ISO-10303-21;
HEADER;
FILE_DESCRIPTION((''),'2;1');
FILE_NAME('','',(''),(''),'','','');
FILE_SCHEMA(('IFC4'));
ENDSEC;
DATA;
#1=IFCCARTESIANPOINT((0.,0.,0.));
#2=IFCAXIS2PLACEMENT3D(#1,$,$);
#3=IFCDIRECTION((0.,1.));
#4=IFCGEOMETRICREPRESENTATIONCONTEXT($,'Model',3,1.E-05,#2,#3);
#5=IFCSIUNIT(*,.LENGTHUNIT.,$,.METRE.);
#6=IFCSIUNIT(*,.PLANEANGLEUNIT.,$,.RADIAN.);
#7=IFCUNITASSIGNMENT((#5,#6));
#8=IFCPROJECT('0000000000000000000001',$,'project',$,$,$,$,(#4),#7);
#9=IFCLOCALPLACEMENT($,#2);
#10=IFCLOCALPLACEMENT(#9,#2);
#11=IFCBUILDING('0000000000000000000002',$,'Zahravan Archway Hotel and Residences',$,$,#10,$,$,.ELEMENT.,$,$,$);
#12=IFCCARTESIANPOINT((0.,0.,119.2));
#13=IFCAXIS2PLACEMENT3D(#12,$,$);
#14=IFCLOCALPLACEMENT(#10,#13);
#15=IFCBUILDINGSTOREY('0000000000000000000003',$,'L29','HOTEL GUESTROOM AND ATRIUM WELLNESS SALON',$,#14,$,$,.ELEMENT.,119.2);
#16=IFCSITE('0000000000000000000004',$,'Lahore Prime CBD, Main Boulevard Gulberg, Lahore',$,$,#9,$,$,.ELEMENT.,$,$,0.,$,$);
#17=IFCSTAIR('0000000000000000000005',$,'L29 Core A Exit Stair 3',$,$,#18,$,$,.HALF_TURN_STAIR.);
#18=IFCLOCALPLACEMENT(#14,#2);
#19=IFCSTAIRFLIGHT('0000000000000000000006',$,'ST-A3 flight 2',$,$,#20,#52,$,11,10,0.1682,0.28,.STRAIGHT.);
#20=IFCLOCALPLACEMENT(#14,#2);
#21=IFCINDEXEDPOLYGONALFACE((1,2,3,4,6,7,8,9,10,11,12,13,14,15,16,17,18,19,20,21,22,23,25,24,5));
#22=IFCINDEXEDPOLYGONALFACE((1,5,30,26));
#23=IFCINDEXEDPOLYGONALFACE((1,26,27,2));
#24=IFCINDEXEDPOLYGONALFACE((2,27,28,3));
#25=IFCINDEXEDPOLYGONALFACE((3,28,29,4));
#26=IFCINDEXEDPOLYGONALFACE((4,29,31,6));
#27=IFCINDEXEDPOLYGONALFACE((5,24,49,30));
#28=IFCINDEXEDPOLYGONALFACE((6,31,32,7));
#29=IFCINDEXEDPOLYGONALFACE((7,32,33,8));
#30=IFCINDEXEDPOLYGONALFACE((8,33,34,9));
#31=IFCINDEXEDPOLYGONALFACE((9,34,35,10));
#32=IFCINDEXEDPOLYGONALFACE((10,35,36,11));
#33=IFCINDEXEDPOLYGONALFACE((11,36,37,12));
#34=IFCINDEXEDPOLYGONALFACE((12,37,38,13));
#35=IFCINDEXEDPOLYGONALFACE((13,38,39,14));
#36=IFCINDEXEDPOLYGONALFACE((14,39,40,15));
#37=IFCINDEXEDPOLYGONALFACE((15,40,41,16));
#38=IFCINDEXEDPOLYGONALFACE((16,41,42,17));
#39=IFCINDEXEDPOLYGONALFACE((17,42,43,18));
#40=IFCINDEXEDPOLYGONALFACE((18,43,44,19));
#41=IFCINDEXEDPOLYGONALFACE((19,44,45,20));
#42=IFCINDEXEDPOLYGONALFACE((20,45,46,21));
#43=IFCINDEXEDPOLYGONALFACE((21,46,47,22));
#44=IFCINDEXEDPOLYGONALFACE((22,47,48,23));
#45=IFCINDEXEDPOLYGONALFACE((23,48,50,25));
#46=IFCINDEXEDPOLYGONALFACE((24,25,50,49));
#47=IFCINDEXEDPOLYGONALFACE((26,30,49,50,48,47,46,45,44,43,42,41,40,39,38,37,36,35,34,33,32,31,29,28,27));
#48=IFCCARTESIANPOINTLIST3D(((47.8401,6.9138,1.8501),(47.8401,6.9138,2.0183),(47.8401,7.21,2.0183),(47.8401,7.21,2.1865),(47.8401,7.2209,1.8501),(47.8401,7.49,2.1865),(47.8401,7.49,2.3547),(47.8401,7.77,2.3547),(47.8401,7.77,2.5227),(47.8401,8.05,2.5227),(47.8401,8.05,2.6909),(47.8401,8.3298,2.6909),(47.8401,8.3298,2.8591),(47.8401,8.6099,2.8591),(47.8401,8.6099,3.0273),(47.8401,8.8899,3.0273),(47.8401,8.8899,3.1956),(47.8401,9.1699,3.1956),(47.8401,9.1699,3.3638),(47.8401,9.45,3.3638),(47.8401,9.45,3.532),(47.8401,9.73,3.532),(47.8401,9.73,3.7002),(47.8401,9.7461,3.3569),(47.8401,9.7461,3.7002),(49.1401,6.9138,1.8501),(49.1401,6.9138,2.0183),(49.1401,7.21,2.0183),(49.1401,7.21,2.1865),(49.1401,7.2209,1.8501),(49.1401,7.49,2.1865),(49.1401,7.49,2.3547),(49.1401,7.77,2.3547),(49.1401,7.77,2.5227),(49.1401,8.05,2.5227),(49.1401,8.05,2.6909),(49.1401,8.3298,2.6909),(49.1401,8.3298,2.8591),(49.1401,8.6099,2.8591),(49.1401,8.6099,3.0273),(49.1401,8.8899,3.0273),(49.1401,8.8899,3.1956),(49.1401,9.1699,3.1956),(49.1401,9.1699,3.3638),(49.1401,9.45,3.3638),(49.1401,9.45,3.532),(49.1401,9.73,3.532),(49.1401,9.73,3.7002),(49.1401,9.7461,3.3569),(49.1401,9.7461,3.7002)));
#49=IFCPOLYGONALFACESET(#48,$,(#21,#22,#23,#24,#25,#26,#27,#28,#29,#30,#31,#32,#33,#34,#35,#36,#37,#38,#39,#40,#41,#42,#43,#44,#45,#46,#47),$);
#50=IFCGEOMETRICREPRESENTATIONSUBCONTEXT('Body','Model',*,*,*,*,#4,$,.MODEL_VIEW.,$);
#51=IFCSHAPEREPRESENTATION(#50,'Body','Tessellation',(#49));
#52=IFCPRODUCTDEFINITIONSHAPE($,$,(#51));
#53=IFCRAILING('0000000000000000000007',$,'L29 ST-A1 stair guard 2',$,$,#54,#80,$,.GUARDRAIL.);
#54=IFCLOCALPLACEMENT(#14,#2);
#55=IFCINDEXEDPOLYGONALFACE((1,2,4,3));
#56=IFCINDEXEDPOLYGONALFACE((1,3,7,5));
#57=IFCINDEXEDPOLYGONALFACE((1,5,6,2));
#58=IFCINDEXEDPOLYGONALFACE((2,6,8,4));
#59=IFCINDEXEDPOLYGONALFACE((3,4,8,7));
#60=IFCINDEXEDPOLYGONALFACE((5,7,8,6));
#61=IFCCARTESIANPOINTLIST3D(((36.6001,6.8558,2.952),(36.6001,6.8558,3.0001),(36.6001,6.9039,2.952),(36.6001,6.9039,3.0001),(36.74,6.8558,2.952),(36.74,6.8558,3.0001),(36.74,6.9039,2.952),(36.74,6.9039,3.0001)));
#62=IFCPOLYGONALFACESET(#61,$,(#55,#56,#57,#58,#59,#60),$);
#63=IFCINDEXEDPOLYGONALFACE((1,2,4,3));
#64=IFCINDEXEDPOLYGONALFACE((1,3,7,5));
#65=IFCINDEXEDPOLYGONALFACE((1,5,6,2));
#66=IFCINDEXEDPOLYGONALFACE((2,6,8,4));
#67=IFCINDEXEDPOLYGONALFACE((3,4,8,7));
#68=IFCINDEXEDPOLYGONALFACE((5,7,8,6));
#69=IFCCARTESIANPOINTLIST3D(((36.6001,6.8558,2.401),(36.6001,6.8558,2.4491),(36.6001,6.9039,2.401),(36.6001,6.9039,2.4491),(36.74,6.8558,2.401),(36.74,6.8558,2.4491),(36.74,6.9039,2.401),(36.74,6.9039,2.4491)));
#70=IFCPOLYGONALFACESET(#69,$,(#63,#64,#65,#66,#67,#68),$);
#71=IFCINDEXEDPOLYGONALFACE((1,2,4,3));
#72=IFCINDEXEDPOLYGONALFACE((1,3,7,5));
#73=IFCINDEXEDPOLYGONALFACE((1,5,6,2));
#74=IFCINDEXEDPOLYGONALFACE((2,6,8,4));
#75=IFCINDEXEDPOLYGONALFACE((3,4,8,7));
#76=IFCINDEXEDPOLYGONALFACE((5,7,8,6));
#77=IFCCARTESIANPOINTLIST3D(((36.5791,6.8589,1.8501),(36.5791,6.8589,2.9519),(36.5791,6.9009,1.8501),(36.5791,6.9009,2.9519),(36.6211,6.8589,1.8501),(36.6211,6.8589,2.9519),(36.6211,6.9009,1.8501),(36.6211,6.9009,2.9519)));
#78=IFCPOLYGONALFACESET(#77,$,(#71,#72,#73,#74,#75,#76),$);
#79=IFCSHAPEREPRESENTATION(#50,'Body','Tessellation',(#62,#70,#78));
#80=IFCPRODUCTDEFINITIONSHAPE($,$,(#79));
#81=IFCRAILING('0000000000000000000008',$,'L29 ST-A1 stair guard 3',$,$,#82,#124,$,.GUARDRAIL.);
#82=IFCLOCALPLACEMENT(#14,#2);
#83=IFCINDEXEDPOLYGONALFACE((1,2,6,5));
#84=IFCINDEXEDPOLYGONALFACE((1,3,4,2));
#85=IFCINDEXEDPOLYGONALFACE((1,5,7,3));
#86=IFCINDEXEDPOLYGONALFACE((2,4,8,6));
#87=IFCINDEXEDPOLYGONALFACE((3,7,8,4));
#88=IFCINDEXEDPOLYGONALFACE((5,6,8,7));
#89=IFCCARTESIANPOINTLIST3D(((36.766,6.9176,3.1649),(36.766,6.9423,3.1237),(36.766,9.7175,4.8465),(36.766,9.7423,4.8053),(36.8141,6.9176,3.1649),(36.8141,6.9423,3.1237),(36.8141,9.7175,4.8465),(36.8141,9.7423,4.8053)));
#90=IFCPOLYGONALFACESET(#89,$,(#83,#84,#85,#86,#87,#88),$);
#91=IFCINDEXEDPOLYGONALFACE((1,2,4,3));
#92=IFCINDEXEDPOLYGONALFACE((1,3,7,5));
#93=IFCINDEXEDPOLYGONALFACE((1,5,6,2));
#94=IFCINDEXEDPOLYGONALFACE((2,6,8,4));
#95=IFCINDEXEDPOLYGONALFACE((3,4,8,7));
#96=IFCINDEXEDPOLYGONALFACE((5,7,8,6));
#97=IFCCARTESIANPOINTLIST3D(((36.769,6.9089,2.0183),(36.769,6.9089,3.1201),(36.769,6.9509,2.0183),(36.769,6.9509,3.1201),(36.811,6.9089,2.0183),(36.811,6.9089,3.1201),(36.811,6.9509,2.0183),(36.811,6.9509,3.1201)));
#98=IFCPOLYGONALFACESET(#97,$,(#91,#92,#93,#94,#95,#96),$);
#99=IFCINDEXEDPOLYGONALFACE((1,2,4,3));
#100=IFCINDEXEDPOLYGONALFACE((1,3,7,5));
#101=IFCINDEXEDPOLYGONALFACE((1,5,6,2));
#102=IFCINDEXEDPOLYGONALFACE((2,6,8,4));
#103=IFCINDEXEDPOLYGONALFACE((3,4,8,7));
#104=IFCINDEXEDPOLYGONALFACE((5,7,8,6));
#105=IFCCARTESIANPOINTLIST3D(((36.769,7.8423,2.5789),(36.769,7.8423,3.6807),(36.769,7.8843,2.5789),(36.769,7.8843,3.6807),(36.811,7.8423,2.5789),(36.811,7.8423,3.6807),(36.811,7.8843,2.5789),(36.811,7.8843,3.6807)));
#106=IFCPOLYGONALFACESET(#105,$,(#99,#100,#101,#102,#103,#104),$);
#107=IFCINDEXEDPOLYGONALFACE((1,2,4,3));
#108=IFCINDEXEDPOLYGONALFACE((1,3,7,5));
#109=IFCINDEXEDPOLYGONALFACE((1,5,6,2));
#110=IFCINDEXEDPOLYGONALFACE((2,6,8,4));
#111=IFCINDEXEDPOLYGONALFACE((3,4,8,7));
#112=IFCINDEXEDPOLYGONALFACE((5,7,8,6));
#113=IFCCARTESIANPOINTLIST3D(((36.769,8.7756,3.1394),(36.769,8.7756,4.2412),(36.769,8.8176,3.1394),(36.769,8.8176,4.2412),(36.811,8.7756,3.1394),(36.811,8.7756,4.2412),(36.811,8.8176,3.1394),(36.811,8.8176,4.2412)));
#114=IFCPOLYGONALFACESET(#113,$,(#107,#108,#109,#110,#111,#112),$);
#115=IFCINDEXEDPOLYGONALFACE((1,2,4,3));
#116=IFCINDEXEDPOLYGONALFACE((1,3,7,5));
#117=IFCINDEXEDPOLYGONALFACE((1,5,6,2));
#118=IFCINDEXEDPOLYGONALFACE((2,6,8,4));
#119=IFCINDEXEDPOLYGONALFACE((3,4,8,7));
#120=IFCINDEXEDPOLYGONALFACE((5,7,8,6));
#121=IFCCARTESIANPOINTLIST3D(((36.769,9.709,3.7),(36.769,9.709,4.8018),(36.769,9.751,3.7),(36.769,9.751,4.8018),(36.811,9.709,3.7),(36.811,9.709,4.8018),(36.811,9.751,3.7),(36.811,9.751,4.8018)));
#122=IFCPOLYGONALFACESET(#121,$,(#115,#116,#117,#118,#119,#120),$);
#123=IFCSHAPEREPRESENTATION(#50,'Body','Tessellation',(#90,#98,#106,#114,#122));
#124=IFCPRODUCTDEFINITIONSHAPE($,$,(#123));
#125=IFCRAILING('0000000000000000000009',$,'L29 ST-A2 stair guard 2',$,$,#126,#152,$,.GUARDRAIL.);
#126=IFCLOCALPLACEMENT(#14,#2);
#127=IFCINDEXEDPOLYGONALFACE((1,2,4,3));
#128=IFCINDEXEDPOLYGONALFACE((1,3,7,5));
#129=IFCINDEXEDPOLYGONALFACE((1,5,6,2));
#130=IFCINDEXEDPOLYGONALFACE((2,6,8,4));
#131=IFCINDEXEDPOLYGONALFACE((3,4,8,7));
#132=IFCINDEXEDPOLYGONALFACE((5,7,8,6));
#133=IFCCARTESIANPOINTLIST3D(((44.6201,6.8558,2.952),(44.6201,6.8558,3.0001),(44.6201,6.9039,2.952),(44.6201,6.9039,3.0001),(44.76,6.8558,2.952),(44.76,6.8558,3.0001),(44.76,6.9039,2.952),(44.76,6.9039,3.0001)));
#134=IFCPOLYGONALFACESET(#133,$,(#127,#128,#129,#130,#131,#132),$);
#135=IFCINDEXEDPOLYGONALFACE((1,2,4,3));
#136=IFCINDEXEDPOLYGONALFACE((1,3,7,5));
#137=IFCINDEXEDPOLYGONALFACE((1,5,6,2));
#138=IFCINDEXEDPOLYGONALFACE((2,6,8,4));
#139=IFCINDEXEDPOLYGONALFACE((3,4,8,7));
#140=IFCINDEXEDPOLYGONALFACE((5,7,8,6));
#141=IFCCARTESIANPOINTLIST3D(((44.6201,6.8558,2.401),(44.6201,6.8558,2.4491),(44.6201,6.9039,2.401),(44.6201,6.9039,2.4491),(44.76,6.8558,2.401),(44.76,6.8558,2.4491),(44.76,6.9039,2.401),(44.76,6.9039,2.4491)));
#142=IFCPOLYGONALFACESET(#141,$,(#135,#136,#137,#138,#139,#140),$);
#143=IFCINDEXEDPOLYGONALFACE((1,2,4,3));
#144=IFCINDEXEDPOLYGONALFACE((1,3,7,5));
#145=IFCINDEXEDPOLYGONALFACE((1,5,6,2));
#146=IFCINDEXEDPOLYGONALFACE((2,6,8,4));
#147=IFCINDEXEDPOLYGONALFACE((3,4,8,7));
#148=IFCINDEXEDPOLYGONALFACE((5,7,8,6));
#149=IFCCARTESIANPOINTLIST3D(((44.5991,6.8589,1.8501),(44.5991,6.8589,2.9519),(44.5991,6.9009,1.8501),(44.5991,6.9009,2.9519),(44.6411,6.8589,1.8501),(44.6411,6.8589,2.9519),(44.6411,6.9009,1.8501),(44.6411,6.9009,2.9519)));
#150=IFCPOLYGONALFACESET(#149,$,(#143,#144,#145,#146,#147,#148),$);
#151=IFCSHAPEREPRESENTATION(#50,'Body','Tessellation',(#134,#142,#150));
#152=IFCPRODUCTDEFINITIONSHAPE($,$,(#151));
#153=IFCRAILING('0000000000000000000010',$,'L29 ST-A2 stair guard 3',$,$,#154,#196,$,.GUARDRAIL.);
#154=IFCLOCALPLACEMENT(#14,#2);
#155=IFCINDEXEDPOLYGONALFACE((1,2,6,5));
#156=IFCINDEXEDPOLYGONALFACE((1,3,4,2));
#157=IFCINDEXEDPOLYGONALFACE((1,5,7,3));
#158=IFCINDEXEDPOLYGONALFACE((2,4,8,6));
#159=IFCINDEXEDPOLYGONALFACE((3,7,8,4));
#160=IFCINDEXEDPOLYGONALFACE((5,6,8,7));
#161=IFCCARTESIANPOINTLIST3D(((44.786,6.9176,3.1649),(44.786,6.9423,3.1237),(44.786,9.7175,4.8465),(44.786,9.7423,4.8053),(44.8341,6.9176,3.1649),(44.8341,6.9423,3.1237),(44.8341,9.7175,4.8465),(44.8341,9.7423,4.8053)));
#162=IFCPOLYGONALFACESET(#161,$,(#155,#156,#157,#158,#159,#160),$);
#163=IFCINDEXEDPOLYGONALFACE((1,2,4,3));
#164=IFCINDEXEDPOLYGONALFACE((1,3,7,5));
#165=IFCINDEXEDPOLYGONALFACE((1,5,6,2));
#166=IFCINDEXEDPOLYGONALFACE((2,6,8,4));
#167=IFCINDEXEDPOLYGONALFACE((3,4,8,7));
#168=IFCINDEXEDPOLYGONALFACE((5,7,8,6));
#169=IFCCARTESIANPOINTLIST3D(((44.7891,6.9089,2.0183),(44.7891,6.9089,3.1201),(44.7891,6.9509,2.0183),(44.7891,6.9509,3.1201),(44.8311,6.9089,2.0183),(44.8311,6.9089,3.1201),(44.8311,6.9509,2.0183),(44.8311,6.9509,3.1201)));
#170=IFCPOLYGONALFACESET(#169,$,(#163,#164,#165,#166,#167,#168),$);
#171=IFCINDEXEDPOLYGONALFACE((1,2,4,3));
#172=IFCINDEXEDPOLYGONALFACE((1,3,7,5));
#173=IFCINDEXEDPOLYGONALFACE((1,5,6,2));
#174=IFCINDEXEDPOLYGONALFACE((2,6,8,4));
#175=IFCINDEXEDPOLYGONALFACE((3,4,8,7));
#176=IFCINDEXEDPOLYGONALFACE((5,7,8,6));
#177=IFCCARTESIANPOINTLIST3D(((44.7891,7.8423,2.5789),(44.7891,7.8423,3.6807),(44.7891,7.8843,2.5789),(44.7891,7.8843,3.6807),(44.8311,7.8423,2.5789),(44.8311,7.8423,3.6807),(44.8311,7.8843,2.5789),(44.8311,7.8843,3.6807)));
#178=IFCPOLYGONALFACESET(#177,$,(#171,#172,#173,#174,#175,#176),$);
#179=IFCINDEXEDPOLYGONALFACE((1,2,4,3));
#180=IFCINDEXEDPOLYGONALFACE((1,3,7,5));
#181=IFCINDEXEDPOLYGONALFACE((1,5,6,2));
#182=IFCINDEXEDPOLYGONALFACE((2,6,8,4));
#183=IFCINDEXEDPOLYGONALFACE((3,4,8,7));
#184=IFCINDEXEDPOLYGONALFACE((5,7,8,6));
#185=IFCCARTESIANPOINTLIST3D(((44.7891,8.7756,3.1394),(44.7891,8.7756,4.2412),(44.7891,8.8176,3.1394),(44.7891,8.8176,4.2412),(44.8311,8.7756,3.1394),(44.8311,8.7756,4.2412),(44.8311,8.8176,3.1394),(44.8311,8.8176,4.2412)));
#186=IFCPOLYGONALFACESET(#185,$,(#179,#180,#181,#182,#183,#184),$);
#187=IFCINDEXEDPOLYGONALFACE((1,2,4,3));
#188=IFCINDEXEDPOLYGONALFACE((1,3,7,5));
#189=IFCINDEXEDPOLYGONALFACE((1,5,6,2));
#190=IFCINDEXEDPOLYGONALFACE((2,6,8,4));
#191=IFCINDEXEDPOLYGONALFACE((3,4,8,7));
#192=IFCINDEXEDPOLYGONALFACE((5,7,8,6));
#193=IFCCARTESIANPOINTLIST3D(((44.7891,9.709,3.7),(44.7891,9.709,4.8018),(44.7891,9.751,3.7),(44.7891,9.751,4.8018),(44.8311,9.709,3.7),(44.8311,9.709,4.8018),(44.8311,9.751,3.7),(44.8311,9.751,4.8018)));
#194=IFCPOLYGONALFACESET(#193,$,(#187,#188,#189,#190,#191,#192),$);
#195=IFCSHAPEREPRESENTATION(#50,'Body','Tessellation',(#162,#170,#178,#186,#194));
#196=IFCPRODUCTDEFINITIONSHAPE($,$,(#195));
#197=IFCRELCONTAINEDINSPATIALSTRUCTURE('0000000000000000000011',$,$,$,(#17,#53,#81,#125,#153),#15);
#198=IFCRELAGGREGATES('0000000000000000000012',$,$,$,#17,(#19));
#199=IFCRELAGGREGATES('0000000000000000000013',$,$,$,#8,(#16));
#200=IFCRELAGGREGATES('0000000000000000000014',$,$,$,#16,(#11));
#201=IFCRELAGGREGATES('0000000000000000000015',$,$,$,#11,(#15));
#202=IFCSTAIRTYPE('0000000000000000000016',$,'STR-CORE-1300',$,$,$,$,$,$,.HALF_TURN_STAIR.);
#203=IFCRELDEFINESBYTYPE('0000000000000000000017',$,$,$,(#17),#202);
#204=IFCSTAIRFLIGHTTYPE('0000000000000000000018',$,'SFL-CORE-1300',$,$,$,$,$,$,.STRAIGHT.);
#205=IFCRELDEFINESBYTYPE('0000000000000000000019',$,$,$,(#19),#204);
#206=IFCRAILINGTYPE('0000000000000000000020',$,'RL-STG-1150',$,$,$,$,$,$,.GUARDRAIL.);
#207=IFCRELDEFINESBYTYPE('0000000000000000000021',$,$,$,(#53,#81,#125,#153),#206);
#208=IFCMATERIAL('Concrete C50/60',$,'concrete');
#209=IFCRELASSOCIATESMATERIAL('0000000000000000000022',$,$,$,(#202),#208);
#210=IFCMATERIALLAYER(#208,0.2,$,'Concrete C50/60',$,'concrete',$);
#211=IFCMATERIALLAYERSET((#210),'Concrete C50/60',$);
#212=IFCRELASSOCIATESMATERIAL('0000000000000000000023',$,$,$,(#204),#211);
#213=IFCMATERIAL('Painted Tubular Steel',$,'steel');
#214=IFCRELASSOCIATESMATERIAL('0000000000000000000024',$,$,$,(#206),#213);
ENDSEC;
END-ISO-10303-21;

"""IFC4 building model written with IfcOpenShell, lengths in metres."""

from ifc_helpers import new_model, si_unit, direction, frame, origin, origin_2d, place, context, subcontext, project, spatial, polyline, rectangle, outline, extrude, source, transform, mapped, material, layer, layer_set, type_object, element, aggregate, save


model = new_model("IFC4")

# Units and contexts
model_context = context("Model", 3, precision=1e-05, world=origin(), true_north=direction((0.0, 1.0)))
body_context = subcontext(model_context, "Body", "Model", "MODEL_VIEW")
ifc_project = project(units=[si_unit("LENGTHUNIT", "METRE"), si_unit("PLANEANGLEUNIT", "RADIAN")], contexts=[model_context])

# Site, building, storey
site_placement = place(None, origin())
site = spatial("IfcSite", under=ifc_project, at=site_placement, Name="Lahore Prime CBD, Main Boulevard Gulberg, Lahore", CompositionType="ELEMENT", RefElevation=0.0)
building_placement = place(site_placement, origin())
building = spatial("IfcBuilding", under=site, at=building_placement, Name="Zahravan Archway Hotel and Residences", CompositionType="ELEMENT")
storey_placement = place(building_placement, frame((0.0, 0.0, 119.2)))
storey = spatial("IfcBuildingStorey", under=building, at=storey_placement, Name="L29", Description="HOTEL GUESTROOM AND ATRIUM WELLNESS SALON", CompositionType="ELEMENT", Elevation=119.2)

# Shared definitions
ifc_material_1 = material(Name="Concrete C50/60", Category="concrete")

# Stair, stair flight
stair_type = type_object("IfcStairType", Name="STR-CORE-1300", PredefinedType="HALF_TURN_STAIR", material=ifc_material_1)
ifc_layer_1 = layer(ifc_material_1, 0.2, Name="Concrete C50/60", Category="concrete")
ifc_layer_set_1 = layer_set([ifc_layer_1], Name="Concrete C50/60")
stair_flight_type = type_object("IfcStairFlightType", Name="SFL-CORE-1300", PredefinedType="STRAIGHT", material=ifc_layer_set_1)
shared_shape_1 = source(origin(), body_context, "Body", "SweptSolid", [
    extrude(outline(polyline([(-0.0161, 0.0), (-0.0161, 0.1682), (0.28, 0.1682), (0.28, 0.3364), (0.5601, 0.3364), (0.5601, 0.5046), (0.8401, 0.5046), (0.8401, 0.6726), (1.1201, 0.6726), (1.1201, 0.8408), (1.3999, 0.8408), (1.3999, 1.009), (1.6799, 1.009), (1.6799, 1.1772), (1.96, 1.1772), (1.96, 1.3455), (2.24, 1.3455), (2.24, 1.5137), (2.52, 1.5137), (2.52, 1.6819), (2.8, 1.6819), (2.8, 1.8501), (2.8162, 1.8501), (2.8162, 1.5068), (0.291, 0.0), (-0.0161, 0.0)])), frame((0.0, 0.6499, 0.0), z_axis=(0.0, -1.0, 0.0), x_axis=(1.0, 0.0, 0.0)), (0.0, 0.0, 1.0), 1.3),
])
stair_1_placement = place(storey_placement, origin())
stair_1 = element("IfcStair", 1, at=stair_1_placement, inside=storey, type_object=stair_type, Name="L29 Core A Exit Stair 3", PredefinedType="HALF_TURN_STAIR")
stair_flight_1_placement = place(storey_placement, frame((48.49, 6.9299, 1.8501), z_axis=(0.0, 0.0, 1.0), x_axis=(0.0, 1.0, 0.0)))
stair_flight_1 = element("IfcStairFlight", 2, at=stair_flight_1_placement, type_object=stair_flight_type, Name="ST-A3 flight 2", NumberOfRisers=11, NumberOfTreads=10, PredefinedType="STRAIGHT", RiserHeight=0.1682, TreadLength=0.28, context=body_context, shape_type="MappedRepresentation", body=[
    mapped(shared_shape_1, transform((0.0, 0.0, 0.0), scale=1.0)),
])
aggregate(stair_1, [stair_flight_1])

# Railings
ifc_material_2 = material(Name="Painted Tubular Steel", Category="steel")
railing_type_1 = type_object("IfcRailingType", Name="RL-STG-1150", PredefinedType="GUARDRAIL", material=ifc_material_2)
railing_1_placement = place(storey_placement, frame((36.6001, 6.8799, 1.8501)))
element("IfcRailing", 3, at=railing_1_placement, inside=storey, type_object=railing_type_1, Name="L29 ST-A1 stair guard 2", PredefinedType="GUARDRAIL", context=body_context, shape_type="SweptSolid", body=[
    extrude(rectangle(XDim=0.0481, YDim=0.0481, at=origin_2d()), frame((0.0, 0.0, 1.126), z_axis=(1.0, 0.0, 0.0), x_axis=(0.0, 1.0, 0.0)), (0.0, 0.0, 1.0), 0.1399),
    extrude(rectangle(XDim=0.0481, YDim=0.0481, at=origin_2d()), frame((0.0, 0.0, 0.575), z_axis=(1.0, 0.0, 0.0), x_axis=(0.0, 1.0, 0.0)), (0.0, 0.0, 1.0), 0.1399),
    extrude(rectangle(XDim=0.042, YDim=0.042, at=origin_2d()), origin(), (0.0, 0.0, 1.0), 1.1018),
])
railing_2_placement = place(storey_placement, frame((36.79, 6.9299, 2.0183)))
element("IfcRailing", 4, at=railing_2_placement, inside=storey, type_object=railing_type_1, Name="L29 ST-A1 stair guard 3", PredefinedType="GUARDRAIL", context=body_context, shape_type="SweptSolid", body=[
    extrude(rectangle(XDim=0.0481, YDim=0.0481, at=origin_2d()), frame((0.0, 0.0, 1.126), z_axis=(0.0, 0.857275, 0.514858), x_axis=(-1.0, 0.0, 0.0)), (0.0, 0.0, 1.0), 3.2661),
    extrude(rectangle(XDim=0.042, YDim=0.042, at=origin_2d()), origin(), (0.0, 0.0, 1.0), 1.1018),
    extrude(rectangle(XDim=0.042, YDim=0.042, at=origin_2d()), frame((0.0, 0.9333, 0.5605)), (0.0, 0.0, 1.0), 1.1018),
    extrude(rectangle(XDim=0.042, YDim=0.042, at=origin_2d()), frame((0.0, 1.8667, 1.1211)), (0.0, 0.0, 1.0), 1.1018),
    extrude(rectangle(XDim=0.042, YDim=0.042, at=origin_2d()), frame((0.0, 2.8, 1.6816)), (0.0, 0.0, 1.0), 1.1018),
])
railing_3_placement = place(storey_placement, frame((44.6201, 6.8799, 1.8501)))
element("IfcRailing", 5, at=railing_3_placement, inside=storey, type_object=railing_type_1, Name="L29 ST-A2 stair guard 2", PredefinedType="GUARDRAIL", context=body_context, shape_type="SweptSolid", body=[
    extrude(rectangle(XDim=0.0481, YDim=0.0481, at=origin_2d()), frame((0.0, 0.0, 1.126), z_axis=(1.0, 0.0, 0.0), x_axis=(0.0, 1.0, 0.0)), (0.0, 0.0, 1.0), 0.1399),
    extrude(rectangle(XDim=0.0481, YDim=0.0481, at=origin_2d()), frame((0.0, 0.0, 0.575), z_axis=(1.0, 0.0, 0.0), x_axis=(0.0, 1.0, 0.0)), (0.0, 0.0, 1.0), 0.1399),
    extrude(rectangle(XDim=0.042, YDim=0.042, at=origin_2d()), origin(), (0.0, 0.0, 1.0), 1.1018),
])
railing_4_placement = place(storey_placement, frame((44.8101, 6.9299, 2.0183)))
element("IfcRailing", 6, at=railing_4_placement, inside=storey, type_object=railing_type_1, Name="L29 ST-A2 stair guard 3", PredefinedType="GUARDRAIL", context=body_context, shape_type="SweptSolid", body=[
    extrude(rectangle(XDim=0.0481, YDim=0.0481, at=origin_2d()), frame((0.0, 0.0, 1.126), z_axis=(0.0, 0.857275, 0.514858), x_axis=(-1.0, 0.0, 0.0)), (0.0, 0.0, 1.0), 3.2661),
    extrude(rectangle(XDim=0.042, YDim=0.042, at=origin_2d()), origin(), (0.0, 0.0, 1.0), 1.1018),
    extrude(rectangle(XDim=0.042, YDim=0.042, at=origin_2d()), frame((0.0, 0.9333, 0.5605)), (0.0, 0.0, 1.0), 1.1018),
    extrude(rectangle(XDim=0.042, YDim=0.042, at=origin_2d()), frame((0.0, 1.8667, 1.1211)), (0.0, 0.0, 1.0), 1.1018),
    extrude(rectangle(XDim=0.042, YDim=0.042, at=origin_2d()), frame((0.0, 2.8, 1.6816)), (0.0, 0.0, 1.0), 1.1018),
])

save(model, "model.ifc")
